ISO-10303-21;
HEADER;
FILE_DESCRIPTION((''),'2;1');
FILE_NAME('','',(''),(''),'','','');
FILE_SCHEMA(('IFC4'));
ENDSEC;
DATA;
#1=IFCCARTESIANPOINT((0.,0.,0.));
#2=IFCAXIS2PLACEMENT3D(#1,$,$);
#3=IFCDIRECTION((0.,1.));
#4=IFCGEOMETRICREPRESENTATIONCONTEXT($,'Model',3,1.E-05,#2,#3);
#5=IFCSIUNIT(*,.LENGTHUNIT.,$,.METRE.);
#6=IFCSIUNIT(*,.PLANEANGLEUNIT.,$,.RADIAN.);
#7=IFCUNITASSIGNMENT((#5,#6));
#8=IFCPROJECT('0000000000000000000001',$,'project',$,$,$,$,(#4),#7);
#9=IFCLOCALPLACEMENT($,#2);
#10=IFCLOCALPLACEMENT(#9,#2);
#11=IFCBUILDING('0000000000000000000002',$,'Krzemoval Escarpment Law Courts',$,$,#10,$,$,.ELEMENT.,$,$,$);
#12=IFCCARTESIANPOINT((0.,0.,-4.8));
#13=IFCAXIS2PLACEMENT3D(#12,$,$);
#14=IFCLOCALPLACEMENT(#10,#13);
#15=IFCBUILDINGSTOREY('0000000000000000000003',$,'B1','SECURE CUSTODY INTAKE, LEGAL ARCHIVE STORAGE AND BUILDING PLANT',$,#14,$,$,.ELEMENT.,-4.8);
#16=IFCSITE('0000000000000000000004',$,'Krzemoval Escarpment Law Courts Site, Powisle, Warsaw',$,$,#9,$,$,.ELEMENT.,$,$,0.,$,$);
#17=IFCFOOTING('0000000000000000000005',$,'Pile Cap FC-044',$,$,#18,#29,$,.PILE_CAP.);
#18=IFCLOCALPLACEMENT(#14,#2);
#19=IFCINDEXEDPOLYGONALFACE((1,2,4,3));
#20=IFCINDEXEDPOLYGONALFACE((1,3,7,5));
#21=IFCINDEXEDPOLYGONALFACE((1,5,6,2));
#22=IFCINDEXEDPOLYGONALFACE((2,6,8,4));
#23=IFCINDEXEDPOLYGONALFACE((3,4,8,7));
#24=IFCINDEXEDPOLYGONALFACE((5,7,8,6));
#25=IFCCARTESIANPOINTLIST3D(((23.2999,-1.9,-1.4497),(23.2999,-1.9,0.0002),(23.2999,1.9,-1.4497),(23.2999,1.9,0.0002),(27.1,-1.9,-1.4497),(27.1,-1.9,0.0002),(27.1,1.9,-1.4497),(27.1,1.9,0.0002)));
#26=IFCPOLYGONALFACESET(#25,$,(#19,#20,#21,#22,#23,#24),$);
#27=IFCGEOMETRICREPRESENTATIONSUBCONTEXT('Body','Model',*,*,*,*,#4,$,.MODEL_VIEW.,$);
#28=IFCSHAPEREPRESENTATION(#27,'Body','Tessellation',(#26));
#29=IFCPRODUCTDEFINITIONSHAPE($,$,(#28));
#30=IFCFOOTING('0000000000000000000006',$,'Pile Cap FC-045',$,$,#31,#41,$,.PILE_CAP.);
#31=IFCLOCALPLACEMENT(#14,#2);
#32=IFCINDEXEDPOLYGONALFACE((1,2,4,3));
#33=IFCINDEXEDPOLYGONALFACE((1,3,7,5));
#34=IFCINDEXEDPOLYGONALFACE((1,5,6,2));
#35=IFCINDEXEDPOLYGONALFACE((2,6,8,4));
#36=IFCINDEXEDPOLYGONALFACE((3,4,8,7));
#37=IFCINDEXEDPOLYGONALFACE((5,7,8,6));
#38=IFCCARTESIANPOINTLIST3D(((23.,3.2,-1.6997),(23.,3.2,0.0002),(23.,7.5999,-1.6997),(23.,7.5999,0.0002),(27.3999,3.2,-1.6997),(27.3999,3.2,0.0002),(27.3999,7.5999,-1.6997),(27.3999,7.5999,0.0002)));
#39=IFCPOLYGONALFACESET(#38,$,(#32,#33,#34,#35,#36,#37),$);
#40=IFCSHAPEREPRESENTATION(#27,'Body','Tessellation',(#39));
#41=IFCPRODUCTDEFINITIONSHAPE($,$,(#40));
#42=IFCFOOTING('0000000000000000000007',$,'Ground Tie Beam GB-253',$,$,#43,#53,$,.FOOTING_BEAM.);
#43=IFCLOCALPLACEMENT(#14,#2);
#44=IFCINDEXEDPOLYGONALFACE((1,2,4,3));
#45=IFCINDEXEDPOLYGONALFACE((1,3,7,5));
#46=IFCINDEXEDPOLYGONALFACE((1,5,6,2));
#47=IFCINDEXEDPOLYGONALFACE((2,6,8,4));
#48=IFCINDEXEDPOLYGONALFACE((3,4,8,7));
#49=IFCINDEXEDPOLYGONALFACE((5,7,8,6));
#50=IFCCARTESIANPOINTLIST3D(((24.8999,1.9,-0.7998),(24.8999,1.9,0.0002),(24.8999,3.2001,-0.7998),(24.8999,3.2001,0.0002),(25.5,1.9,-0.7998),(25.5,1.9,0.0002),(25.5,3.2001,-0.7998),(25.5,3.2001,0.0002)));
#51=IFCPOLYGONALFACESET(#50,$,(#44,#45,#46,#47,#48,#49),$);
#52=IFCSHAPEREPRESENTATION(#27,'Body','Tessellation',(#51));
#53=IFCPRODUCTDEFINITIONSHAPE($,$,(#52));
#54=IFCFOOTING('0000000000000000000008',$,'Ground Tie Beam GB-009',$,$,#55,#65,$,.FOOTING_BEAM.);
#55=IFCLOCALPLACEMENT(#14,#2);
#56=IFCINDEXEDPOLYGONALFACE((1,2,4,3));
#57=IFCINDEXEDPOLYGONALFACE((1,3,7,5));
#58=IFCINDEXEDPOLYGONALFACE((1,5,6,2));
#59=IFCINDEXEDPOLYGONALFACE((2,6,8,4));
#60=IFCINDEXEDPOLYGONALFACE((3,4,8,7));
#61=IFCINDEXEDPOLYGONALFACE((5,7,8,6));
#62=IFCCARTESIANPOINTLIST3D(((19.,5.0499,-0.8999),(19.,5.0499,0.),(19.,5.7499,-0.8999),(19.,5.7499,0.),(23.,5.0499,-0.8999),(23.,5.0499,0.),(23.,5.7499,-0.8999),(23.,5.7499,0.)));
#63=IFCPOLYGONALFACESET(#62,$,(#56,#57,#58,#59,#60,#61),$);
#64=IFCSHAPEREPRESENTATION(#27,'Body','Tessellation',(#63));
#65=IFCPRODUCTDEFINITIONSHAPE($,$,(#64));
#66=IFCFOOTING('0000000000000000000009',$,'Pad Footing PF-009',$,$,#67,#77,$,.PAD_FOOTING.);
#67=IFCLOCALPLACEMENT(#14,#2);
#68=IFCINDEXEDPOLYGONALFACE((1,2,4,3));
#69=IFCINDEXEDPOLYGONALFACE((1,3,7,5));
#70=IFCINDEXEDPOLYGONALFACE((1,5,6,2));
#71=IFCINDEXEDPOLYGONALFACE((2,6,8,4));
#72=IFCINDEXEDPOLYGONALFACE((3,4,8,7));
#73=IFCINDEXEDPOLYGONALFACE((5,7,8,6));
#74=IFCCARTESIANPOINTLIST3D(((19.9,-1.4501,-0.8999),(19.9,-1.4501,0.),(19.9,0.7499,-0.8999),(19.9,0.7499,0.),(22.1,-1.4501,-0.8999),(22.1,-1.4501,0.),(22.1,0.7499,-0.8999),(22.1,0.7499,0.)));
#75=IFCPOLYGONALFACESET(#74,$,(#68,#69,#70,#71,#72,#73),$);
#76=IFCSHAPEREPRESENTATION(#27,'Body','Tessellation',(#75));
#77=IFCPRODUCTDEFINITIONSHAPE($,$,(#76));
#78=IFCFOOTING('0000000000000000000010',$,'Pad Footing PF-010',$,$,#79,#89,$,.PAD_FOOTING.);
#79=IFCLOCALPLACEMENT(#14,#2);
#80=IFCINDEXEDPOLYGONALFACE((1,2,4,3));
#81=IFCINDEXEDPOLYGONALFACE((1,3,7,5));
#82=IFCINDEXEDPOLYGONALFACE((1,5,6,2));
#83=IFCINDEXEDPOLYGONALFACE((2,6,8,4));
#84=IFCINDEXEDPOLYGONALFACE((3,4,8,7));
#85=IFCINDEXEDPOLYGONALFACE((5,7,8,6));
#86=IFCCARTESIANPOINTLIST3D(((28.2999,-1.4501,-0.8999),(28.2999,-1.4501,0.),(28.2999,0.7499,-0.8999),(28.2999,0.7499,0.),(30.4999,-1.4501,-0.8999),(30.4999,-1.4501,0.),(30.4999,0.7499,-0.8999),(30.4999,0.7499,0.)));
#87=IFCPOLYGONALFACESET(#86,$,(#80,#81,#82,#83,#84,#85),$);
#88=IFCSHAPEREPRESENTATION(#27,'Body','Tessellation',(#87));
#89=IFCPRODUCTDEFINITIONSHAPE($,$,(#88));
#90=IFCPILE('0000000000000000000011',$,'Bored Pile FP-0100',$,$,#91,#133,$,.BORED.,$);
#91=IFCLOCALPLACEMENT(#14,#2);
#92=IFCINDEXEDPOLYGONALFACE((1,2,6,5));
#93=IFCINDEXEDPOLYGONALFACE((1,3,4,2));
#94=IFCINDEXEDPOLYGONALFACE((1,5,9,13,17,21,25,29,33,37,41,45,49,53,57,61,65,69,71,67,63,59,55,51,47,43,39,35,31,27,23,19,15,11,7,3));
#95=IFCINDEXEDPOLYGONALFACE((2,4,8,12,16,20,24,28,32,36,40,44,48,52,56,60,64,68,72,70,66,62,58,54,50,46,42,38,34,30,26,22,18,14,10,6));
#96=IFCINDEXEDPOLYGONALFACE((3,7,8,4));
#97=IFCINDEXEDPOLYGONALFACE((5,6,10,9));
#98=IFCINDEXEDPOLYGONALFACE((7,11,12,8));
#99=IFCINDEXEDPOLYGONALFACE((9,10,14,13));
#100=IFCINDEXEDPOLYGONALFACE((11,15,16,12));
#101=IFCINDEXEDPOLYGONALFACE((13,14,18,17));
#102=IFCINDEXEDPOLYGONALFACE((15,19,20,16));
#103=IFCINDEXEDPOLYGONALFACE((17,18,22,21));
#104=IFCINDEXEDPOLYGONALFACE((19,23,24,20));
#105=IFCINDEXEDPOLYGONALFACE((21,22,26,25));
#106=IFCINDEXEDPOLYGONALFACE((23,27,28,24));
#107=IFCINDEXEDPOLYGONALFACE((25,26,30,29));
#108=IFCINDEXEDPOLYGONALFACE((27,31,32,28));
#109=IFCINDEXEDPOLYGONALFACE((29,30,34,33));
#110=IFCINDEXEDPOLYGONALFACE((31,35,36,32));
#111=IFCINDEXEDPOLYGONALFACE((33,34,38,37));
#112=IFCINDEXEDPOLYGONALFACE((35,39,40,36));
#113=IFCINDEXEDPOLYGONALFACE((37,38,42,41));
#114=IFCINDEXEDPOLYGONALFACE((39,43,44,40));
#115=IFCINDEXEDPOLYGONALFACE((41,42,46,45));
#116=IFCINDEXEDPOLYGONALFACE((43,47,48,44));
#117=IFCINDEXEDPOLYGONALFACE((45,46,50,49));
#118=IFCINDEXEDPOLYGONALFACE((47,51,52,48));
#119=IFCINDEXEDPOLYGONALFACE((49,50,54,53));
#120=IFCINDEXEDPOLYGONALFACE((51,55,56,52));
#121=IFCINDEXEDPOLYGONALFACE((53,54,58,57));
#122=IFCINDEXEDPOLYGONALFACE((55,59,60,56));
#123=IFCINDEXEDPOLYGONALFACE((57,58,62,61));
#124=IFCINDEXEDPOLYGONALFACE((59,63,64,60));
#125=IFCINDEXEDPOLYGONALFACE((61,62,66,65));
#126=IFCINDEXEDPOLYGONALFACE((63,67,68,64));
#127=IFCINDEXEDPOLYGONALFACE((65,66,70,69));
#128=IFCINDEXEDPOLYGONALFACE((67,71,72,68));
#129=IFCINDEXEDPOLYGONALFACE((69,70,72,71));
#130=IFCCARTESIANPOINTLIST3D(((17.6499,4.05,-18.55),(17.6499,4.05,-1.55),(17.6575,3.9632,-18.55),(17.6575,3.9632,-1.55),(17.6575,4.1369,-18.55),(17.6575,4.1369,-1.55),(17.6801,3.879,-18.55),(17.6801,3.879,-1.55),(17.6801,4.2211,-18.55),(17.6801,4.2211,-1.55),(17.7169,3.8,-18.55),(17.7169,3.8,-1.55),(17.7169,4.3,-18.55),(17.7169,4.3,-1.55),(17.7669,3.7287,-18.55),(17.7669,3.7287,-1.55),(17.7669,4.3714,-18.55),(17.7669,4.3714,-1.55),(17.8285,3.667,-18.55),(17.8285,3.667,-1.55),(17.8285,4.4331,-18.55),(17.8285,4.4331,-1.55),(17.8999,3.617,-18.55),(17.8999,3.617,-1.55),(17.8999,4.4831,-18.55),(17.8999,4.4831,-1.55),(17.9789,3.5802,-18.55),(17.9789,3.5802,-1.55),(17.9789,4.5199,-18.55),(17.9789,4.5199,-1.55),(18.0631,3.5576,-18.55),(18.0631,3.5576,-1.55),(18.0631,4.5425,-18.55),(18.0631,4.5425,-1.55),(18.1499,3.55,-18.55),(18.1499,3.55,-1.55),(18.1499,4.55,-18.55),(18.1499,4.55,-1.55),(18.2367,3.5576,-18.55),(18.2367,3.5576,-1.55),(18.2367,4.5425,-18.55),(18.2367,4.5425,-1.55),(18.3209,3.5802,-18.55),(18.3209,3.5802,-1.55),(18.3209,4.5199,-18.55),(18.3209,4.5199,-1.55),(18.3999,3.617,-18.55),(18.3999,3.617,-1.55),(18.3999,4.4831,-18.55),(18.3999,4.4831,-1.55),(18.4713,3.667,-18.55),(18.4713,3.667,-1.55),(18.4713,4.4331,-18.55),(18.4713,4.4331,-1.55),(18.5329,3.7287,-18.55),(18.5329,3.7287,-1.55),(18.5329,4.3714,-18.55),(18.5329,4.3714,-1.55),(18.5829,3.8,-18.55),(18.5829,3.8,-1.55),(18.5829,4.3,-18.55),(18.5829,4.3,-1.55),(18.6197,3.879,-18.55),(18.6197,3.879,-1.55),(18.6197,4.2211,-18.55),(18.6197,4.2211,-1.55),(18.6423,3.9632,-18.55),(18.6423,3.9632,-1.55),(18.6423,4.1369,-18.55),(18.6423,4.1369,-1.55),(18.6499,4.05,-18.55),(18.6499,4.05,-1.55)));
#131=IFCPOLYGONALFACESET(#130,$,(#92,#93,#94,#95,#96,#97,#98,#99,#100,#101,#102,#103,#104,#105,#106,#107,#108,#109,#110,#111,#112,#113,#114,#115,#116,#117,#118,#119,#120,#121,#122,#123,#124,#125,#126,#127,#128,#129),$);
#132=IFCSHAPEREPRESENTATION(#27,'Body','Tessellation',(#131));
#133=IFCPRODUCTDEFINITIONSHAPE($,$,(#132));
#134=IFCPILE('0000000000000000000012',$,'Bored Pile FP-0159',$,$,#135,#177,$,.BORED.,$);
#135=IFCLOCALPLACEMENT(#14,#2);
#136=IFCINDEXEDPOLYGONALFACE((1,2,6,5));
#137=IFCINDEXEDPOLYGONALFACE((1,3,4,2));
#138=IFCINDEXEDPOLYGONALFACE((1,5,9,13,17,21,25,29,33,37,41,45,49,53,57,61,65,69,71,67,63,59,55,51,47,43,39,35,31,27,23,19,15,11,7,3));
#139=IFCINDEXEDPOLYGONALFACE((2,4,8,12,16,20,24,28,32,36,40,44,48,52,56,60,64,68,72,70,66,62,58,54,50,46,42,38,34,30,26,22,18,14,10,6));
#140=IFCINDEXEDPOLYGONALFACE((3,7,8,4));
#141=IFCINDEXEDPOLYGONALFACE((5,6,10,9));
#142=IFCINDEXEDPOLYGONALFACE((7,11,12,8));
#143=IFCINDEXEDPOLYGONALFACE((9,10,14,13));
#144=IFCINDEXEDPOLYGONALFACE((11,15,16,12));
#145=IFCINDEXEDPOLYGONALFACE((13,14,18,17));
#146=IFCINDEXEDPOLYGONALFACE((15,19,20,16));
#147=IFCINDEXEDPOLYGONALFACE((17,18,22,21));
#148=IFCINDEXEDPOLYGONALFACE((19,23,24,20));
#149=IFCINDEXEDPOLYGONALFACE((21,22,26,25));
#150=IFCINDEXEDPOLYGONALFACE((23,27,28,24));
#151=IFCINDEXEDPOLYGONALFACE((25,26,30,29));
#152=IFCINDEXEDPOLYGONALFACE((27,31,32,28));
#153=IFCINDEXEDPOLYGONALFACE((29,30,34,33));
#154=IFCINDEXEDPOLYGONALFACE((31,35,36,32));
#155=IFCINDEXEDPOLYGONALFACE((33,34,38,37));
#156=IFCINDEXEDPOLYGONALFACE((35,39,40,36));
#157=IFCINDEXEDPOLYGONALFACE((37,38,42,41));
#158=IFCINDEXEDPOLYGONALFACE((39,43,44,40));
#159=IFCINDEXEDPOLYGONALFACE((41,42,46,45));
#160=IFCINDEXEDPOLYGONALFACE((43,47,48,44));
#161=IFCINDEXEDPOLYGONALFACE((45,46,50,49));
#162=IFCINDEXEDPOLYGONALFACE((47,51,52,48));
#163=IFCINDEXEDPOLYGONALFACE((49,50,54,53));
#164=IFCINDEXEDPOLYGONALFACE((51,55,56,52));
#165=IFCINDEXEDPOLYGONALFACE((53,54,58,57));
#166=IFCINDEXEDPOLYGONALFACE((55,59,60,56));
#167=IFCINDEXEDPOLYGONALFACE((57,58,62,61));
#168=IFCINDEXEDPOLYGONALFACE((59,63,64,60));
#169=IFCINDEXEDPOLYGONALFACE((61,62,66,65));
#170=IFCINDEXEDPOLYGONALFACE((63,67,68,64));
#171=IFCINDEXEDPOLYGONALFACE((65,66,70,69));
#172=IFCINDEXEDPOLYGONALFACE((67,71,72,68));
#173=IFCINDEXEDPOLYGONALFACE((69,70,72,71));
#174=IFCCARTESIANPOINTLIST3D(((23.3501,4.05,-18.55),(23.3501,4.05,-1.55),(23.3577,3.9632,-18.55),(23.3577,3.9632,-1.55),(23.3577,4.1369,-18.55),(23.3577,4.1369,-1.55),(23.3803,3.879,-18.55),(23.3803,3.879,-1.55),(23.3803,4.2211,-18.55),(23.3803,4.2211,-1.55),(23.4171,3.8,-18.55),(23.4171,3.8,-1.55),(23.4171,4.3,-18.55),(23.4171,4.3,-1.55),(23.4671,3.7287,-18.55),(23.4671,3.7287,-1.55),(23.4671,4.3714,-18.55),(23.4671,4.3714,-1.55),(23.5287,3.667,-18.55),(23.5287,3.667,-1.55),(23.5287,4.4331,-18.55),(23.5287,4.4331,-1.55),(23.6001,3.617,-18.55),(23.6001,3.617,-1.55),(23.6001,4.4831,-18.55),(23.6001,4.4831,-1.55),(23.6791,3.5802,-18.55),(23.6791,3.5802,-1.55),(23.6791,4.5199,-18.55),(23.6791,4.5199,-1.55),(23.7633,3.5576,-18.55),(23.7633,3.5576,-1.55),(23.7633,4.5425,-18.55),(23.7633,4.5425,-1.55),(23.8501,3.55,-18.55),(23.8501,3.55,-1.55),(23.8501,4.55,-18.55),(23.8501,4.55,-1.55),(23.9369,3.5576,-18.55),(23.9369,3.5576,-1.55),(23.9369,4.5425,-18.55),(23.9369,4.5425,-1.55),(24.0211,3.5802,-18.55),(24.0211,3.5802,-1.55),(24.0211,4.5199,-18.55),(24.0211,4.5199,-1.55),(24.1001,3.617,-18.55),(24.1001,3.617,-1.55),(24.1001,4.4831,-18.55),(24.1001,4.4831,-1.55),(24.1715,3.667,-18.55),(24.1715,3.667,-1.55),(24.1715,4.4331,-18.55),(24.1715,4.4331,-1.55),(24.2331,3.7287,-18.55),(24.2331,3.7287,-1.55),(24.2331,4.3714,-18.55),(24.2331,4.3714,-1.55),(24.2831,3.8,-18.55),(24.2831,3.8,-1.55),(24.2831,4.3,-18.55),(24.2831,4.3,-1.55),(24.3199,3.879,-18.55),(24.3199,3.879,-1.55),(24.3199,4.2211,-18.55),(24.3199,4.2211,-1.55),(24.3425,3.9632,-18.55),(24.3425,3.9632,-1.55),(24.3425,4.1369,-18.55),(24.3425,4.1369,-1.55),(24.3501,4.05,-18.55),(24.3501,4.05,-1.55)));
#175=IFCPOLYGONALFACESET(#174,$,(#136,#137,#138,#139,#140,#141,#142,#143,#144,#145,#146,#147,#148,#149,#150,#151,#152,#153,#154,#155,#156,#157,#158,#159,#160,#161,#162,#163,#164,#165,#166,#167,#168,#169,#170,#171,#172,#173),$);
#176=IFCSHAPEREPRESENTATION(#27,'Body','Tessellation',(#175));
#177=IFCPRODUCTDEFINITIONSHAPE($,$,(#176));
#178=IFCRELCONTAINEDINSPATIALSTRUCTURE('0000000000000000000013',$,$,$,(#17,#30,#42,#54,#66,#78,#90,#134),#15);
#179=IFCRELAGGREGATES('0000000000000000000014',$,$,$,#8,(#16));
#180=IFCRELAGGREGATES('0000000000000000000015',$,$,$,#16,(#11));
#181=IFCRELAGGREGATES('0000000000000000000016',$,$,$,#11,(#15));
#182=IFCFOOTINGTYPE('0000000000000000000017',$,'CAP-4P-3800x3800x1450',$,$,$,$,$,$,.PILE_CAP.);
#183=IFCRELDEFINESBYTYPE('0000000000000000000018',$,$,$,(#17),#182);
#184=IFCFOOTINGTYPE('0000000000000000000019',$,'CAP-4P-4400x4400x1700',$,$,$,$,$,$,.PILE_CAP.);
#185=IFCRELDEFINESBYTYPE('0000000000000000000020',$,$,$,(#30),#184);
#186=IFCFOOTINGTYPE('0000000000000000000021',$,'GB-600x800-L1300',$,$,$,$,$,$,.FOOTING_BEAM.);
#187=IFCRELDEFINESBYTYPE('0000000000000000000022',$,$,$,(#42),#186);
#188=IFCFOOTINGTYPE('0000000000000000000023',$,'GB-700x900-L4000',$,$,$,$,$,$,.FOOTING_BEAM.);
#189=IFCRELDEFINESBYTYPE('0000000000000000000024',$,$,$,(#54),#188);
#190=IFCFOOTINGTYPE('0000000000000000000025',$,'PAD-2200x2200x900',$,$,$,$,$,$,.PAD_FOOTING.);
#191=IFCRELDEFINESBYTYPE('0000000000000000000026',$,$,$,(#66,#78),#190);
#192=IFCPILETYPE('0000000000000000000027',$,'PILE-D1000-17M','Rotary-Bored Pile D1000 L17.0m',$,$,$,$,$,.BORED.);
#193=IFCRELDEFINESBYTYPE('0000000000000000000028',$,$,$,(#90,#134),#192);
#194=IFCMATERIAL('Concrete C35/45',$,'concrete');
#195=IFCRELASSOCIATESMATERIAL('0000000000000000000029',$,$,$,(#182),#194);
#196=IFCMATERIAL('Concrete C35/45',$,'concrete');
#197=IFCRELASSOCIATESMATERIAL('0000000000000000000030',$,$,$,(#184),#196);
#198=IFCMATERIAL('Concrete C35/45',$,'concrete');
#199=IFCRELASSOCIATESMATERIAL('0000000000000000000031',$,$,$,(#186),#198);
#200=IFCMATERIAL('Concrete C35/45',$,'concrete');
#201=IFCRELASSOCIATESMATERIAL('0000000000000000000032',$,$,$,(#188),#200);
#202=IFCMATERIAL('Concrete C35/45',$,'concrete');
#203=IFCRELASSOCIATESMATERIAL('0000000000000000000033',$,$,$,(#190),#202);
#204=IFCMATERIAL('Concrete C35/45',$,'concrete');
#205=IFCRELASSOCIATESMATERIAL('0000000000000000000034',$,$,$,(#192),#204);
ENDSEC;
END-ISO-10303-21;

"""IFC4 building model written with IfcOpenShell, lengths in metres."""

from ifc_helpers import new_model, si_unit, direction, frame, origin, origin_2d, place, context, subcontext, project, spatial, rectangle, circle, extrude, material, material_profile, profile_set, type_object, element, save


model = new_model("IFC4")

# Units and contexts
model_context = context("Model", 3, precision=1e-05, world=origin(), true_north=direction((0.0, 1.0)))
body_context = subcontext(model_context, "Body", "Model", "MODEL_VIEW")
ifc_project = project(units=[si_unit("LENGTHUNIT", "METRE"), si_unit("PLANEANGLEUNIT", "RADIAN")], contexts=[model_context])

# Site, building, storey
site_placement = place(None, origin())
site = spatial("IfcSite", under=ifc_project, at=site_placement, Name="Krzemoval Escarpment Law Courts Site, Powisle, Warsaw", CompositionType="ELEMENT", RefElevation=0.0)
building_placement = place(site_placement, origin())
building = spatial("IfcBuilding", under=site, at=building_placement, Name="Krzemoval Escarpment Law Courts", CompositionType="ELEMENT")
storey_placement = place(building_placement, frame((0.0, 0.0, -4.8)))
storey = spatial("IfcBuildingStorey", under=building, at=storey_placement, Name="B1", Description="SECURE CUSTODY INTAKE, LEGAL ARCHIVE STORAGE AND BUILDING PLANT", CompositionType="ELEMENT", Elevation=-4.8)

# Footings
ifc_material_1 = material(Name="Concrete C35/45", Category="concrete")
footing_type_1 = type_object("IfcFootingType", Name="CAP-4P-3800x3800x1450", PredefinedType="PILE_CAP", material=ifc_material_1)
footing_1_placement = place(storey_placement, frame((25.2, 0.0, -1.4497), z_axis=(0.0, 0.0, 1.0), x_axis=(1.0, 0.0, 0.0)))
element("IfcFooting", 1, at=footing_1_placement, inside=storey, type_object=footing_type_1, Name="Pile Cap FC-044", PredefinedType="PILE_CAP", context=body_context, shape_type="SweptSolid", body=[
    extrude(rectangle(XDim=3.8, YDim=3.8, at=origin_2d()), origin(), (0.0, 0.0, 1.0), 1.45),
])
ifc_material_2 = material(Name="Concrete C35/45", Category="concrete")
footing_type_2 = type_object("IfcFootingType", Name="CAP-4P-4400x4400x1700", PredefinedType="PILE_CAP", material=ifc_material_2)
footing_2_placement = place(storey_placement, frame((25.2, 5.3999, -1.6997), z_axis=(0.0, 0.0, 1.0), x_axis=(1.0, 0.0, 0.0)))
element("IfcFooting", 2, at=footing_2_placement, inside=storey, type_object=footing_type_2, Name="Pile Cap FC-045", PredefinedType="PILE_CAP", context=body_context, shape_type="SweptSolid", body=[
    extrude(rectangle(XDim=4.3999, YDim=4.3999, at=origin_2d()), origin(), (0.0, 0.0, 1.0), 1.7),
])
ifc_material_3 = material(Name="Concrete C35/45", Category="concrete")
footing_type_3 = type_object("IfcFootingType", Name="GB-600x800-L1300", PredefinedType="FOOTING_BEAM", material=ifc_material_3)
footing_3_placement = place(storey_placement, frame((25.2, 2.55, -0.7998), z_axis=(0.0, 0.0, 1.0), x_axis=(0.0, 1.0, 0.0)))
element("IfcFooting", 3, at=footing_3_placement, inside=storey, type_object=footing_type_3, Name="Ground Tie Beam GB-253", PredefinedType="FOOTING_BEAM", context=body_context, shape_type="SweptSolid", body=[
    extrude(rectangle(XDim=1.3, YDim=0.6001, at=origin_2d()), origin(), (0.0, 0.0, 1.0), 0.8),
])
ifc_material_4 = material(Name="Concrete C35/45", Category="concrete")
footing_type_4 = type_object("IfcFootingType", Name="GB-700x900-L4000", PredefinedType="FOOTING_BEAM", material=ifc_material_4)
footing_4_placement = place(storey_placement, frame((21.0, 5.3999, -0.8999), z_axis=(0.0, 0.0, 1.0), x_axis=(1.0, 0.0, 0.0)))
element("IfcFooting", 4, at=footing_4_placement, inside=storey, type_object=footing_type_4, Name="Ground Tie Beam GB-009", PredefinedType="FOOTING_BEAM", context=body_context, shape_type="SweptSolid", body=[
    extrude(rectangle(XDim=4.0, YDim=0.7, at=origin_2d()), origin(), (0.0, 0.0, 1.0), 0.8999),
])
ifc_material_5 = material(Name="Concrete C35/45", Category="concrete")
footing_type_5 = type_object("IfcFootingType", Name="PAD-2200x2200x900", PredefinedType="PAD_FOOTING", material=ifc_material_5)
for number, where, z_axis, x_axis, name in (
    (5, (21.0, -0.3501, -0.8999), (0.0, 0.0, 1.0), (1.0, 0.0, 0.0), "Pad Footing PF-009"),
    (6, (29.3999, -0.3501, -0.8999), (0.0, 0.0, 1.0), (1.0, 0.0, 0.0), "Pad Footing PF-010"),
):
    element("IfcFooting", number, at=place(storey_placement, frame(where, z_axis=z_axis, x_axis=x_axis)), inside=storey, type_object=footing_type_5, Name=name, PredefinedType="PAD_FOOTING", context=body_context, shape_type="SweptSolid", body=[
        extrude(rectangle(XDim=2.2, YDim=2.2, at=origin_2d()), origin(), (0.0, 0.0, 1.0), 0.8999),
    ])

# Piles
ifc_material_6 = material(Name="Concrete C35/45", Category="concrete")
ifc_material_profile_1 = material_profile(ifc_material_6, circle(Radius=0.5, at=origin_2d()), Name="PILE D1000")
ifc_profile_set_1 = profile_set([ifc_material_profile_1], Name="Concrete C35/45")
pile_type_1 = type_object("IfcPileType", Name="PILE-D1000-17M", Description="Rotary-Bored Pile D1000 L17.0m", PredefinedType="BORED", material=ifc_profile_set_1)
for number, where, z_axis, x_axis, name in (
    (7, (18.1499, 4.05, -1.55), (0.0, 0.0, -1.0), (1.0, 0.0, 0.0), "Bored Pile FP-0100"),
    (8, (23.8501, 4.05, -1.55), (0.0, 0.0, -1.0), (1.0, 0.0, 0.0), "Bored Pile FP-0159"),
):
    element("IfcPile", number, at=place(storey_placement, frame(where, z_axis=z_axis, x_axis=x_axis)), inside=storey, type_object=pile_type_1, Name=name, PredefinedType="BORED", context=body_context, shape_type="SweptSolid", body=[
        extrude(circle(Radius=0.5, at=origin_2d()), origin(), (0.0, 0.0, 1.0), 17.0),
    ])

save(model, "model.ifc")
